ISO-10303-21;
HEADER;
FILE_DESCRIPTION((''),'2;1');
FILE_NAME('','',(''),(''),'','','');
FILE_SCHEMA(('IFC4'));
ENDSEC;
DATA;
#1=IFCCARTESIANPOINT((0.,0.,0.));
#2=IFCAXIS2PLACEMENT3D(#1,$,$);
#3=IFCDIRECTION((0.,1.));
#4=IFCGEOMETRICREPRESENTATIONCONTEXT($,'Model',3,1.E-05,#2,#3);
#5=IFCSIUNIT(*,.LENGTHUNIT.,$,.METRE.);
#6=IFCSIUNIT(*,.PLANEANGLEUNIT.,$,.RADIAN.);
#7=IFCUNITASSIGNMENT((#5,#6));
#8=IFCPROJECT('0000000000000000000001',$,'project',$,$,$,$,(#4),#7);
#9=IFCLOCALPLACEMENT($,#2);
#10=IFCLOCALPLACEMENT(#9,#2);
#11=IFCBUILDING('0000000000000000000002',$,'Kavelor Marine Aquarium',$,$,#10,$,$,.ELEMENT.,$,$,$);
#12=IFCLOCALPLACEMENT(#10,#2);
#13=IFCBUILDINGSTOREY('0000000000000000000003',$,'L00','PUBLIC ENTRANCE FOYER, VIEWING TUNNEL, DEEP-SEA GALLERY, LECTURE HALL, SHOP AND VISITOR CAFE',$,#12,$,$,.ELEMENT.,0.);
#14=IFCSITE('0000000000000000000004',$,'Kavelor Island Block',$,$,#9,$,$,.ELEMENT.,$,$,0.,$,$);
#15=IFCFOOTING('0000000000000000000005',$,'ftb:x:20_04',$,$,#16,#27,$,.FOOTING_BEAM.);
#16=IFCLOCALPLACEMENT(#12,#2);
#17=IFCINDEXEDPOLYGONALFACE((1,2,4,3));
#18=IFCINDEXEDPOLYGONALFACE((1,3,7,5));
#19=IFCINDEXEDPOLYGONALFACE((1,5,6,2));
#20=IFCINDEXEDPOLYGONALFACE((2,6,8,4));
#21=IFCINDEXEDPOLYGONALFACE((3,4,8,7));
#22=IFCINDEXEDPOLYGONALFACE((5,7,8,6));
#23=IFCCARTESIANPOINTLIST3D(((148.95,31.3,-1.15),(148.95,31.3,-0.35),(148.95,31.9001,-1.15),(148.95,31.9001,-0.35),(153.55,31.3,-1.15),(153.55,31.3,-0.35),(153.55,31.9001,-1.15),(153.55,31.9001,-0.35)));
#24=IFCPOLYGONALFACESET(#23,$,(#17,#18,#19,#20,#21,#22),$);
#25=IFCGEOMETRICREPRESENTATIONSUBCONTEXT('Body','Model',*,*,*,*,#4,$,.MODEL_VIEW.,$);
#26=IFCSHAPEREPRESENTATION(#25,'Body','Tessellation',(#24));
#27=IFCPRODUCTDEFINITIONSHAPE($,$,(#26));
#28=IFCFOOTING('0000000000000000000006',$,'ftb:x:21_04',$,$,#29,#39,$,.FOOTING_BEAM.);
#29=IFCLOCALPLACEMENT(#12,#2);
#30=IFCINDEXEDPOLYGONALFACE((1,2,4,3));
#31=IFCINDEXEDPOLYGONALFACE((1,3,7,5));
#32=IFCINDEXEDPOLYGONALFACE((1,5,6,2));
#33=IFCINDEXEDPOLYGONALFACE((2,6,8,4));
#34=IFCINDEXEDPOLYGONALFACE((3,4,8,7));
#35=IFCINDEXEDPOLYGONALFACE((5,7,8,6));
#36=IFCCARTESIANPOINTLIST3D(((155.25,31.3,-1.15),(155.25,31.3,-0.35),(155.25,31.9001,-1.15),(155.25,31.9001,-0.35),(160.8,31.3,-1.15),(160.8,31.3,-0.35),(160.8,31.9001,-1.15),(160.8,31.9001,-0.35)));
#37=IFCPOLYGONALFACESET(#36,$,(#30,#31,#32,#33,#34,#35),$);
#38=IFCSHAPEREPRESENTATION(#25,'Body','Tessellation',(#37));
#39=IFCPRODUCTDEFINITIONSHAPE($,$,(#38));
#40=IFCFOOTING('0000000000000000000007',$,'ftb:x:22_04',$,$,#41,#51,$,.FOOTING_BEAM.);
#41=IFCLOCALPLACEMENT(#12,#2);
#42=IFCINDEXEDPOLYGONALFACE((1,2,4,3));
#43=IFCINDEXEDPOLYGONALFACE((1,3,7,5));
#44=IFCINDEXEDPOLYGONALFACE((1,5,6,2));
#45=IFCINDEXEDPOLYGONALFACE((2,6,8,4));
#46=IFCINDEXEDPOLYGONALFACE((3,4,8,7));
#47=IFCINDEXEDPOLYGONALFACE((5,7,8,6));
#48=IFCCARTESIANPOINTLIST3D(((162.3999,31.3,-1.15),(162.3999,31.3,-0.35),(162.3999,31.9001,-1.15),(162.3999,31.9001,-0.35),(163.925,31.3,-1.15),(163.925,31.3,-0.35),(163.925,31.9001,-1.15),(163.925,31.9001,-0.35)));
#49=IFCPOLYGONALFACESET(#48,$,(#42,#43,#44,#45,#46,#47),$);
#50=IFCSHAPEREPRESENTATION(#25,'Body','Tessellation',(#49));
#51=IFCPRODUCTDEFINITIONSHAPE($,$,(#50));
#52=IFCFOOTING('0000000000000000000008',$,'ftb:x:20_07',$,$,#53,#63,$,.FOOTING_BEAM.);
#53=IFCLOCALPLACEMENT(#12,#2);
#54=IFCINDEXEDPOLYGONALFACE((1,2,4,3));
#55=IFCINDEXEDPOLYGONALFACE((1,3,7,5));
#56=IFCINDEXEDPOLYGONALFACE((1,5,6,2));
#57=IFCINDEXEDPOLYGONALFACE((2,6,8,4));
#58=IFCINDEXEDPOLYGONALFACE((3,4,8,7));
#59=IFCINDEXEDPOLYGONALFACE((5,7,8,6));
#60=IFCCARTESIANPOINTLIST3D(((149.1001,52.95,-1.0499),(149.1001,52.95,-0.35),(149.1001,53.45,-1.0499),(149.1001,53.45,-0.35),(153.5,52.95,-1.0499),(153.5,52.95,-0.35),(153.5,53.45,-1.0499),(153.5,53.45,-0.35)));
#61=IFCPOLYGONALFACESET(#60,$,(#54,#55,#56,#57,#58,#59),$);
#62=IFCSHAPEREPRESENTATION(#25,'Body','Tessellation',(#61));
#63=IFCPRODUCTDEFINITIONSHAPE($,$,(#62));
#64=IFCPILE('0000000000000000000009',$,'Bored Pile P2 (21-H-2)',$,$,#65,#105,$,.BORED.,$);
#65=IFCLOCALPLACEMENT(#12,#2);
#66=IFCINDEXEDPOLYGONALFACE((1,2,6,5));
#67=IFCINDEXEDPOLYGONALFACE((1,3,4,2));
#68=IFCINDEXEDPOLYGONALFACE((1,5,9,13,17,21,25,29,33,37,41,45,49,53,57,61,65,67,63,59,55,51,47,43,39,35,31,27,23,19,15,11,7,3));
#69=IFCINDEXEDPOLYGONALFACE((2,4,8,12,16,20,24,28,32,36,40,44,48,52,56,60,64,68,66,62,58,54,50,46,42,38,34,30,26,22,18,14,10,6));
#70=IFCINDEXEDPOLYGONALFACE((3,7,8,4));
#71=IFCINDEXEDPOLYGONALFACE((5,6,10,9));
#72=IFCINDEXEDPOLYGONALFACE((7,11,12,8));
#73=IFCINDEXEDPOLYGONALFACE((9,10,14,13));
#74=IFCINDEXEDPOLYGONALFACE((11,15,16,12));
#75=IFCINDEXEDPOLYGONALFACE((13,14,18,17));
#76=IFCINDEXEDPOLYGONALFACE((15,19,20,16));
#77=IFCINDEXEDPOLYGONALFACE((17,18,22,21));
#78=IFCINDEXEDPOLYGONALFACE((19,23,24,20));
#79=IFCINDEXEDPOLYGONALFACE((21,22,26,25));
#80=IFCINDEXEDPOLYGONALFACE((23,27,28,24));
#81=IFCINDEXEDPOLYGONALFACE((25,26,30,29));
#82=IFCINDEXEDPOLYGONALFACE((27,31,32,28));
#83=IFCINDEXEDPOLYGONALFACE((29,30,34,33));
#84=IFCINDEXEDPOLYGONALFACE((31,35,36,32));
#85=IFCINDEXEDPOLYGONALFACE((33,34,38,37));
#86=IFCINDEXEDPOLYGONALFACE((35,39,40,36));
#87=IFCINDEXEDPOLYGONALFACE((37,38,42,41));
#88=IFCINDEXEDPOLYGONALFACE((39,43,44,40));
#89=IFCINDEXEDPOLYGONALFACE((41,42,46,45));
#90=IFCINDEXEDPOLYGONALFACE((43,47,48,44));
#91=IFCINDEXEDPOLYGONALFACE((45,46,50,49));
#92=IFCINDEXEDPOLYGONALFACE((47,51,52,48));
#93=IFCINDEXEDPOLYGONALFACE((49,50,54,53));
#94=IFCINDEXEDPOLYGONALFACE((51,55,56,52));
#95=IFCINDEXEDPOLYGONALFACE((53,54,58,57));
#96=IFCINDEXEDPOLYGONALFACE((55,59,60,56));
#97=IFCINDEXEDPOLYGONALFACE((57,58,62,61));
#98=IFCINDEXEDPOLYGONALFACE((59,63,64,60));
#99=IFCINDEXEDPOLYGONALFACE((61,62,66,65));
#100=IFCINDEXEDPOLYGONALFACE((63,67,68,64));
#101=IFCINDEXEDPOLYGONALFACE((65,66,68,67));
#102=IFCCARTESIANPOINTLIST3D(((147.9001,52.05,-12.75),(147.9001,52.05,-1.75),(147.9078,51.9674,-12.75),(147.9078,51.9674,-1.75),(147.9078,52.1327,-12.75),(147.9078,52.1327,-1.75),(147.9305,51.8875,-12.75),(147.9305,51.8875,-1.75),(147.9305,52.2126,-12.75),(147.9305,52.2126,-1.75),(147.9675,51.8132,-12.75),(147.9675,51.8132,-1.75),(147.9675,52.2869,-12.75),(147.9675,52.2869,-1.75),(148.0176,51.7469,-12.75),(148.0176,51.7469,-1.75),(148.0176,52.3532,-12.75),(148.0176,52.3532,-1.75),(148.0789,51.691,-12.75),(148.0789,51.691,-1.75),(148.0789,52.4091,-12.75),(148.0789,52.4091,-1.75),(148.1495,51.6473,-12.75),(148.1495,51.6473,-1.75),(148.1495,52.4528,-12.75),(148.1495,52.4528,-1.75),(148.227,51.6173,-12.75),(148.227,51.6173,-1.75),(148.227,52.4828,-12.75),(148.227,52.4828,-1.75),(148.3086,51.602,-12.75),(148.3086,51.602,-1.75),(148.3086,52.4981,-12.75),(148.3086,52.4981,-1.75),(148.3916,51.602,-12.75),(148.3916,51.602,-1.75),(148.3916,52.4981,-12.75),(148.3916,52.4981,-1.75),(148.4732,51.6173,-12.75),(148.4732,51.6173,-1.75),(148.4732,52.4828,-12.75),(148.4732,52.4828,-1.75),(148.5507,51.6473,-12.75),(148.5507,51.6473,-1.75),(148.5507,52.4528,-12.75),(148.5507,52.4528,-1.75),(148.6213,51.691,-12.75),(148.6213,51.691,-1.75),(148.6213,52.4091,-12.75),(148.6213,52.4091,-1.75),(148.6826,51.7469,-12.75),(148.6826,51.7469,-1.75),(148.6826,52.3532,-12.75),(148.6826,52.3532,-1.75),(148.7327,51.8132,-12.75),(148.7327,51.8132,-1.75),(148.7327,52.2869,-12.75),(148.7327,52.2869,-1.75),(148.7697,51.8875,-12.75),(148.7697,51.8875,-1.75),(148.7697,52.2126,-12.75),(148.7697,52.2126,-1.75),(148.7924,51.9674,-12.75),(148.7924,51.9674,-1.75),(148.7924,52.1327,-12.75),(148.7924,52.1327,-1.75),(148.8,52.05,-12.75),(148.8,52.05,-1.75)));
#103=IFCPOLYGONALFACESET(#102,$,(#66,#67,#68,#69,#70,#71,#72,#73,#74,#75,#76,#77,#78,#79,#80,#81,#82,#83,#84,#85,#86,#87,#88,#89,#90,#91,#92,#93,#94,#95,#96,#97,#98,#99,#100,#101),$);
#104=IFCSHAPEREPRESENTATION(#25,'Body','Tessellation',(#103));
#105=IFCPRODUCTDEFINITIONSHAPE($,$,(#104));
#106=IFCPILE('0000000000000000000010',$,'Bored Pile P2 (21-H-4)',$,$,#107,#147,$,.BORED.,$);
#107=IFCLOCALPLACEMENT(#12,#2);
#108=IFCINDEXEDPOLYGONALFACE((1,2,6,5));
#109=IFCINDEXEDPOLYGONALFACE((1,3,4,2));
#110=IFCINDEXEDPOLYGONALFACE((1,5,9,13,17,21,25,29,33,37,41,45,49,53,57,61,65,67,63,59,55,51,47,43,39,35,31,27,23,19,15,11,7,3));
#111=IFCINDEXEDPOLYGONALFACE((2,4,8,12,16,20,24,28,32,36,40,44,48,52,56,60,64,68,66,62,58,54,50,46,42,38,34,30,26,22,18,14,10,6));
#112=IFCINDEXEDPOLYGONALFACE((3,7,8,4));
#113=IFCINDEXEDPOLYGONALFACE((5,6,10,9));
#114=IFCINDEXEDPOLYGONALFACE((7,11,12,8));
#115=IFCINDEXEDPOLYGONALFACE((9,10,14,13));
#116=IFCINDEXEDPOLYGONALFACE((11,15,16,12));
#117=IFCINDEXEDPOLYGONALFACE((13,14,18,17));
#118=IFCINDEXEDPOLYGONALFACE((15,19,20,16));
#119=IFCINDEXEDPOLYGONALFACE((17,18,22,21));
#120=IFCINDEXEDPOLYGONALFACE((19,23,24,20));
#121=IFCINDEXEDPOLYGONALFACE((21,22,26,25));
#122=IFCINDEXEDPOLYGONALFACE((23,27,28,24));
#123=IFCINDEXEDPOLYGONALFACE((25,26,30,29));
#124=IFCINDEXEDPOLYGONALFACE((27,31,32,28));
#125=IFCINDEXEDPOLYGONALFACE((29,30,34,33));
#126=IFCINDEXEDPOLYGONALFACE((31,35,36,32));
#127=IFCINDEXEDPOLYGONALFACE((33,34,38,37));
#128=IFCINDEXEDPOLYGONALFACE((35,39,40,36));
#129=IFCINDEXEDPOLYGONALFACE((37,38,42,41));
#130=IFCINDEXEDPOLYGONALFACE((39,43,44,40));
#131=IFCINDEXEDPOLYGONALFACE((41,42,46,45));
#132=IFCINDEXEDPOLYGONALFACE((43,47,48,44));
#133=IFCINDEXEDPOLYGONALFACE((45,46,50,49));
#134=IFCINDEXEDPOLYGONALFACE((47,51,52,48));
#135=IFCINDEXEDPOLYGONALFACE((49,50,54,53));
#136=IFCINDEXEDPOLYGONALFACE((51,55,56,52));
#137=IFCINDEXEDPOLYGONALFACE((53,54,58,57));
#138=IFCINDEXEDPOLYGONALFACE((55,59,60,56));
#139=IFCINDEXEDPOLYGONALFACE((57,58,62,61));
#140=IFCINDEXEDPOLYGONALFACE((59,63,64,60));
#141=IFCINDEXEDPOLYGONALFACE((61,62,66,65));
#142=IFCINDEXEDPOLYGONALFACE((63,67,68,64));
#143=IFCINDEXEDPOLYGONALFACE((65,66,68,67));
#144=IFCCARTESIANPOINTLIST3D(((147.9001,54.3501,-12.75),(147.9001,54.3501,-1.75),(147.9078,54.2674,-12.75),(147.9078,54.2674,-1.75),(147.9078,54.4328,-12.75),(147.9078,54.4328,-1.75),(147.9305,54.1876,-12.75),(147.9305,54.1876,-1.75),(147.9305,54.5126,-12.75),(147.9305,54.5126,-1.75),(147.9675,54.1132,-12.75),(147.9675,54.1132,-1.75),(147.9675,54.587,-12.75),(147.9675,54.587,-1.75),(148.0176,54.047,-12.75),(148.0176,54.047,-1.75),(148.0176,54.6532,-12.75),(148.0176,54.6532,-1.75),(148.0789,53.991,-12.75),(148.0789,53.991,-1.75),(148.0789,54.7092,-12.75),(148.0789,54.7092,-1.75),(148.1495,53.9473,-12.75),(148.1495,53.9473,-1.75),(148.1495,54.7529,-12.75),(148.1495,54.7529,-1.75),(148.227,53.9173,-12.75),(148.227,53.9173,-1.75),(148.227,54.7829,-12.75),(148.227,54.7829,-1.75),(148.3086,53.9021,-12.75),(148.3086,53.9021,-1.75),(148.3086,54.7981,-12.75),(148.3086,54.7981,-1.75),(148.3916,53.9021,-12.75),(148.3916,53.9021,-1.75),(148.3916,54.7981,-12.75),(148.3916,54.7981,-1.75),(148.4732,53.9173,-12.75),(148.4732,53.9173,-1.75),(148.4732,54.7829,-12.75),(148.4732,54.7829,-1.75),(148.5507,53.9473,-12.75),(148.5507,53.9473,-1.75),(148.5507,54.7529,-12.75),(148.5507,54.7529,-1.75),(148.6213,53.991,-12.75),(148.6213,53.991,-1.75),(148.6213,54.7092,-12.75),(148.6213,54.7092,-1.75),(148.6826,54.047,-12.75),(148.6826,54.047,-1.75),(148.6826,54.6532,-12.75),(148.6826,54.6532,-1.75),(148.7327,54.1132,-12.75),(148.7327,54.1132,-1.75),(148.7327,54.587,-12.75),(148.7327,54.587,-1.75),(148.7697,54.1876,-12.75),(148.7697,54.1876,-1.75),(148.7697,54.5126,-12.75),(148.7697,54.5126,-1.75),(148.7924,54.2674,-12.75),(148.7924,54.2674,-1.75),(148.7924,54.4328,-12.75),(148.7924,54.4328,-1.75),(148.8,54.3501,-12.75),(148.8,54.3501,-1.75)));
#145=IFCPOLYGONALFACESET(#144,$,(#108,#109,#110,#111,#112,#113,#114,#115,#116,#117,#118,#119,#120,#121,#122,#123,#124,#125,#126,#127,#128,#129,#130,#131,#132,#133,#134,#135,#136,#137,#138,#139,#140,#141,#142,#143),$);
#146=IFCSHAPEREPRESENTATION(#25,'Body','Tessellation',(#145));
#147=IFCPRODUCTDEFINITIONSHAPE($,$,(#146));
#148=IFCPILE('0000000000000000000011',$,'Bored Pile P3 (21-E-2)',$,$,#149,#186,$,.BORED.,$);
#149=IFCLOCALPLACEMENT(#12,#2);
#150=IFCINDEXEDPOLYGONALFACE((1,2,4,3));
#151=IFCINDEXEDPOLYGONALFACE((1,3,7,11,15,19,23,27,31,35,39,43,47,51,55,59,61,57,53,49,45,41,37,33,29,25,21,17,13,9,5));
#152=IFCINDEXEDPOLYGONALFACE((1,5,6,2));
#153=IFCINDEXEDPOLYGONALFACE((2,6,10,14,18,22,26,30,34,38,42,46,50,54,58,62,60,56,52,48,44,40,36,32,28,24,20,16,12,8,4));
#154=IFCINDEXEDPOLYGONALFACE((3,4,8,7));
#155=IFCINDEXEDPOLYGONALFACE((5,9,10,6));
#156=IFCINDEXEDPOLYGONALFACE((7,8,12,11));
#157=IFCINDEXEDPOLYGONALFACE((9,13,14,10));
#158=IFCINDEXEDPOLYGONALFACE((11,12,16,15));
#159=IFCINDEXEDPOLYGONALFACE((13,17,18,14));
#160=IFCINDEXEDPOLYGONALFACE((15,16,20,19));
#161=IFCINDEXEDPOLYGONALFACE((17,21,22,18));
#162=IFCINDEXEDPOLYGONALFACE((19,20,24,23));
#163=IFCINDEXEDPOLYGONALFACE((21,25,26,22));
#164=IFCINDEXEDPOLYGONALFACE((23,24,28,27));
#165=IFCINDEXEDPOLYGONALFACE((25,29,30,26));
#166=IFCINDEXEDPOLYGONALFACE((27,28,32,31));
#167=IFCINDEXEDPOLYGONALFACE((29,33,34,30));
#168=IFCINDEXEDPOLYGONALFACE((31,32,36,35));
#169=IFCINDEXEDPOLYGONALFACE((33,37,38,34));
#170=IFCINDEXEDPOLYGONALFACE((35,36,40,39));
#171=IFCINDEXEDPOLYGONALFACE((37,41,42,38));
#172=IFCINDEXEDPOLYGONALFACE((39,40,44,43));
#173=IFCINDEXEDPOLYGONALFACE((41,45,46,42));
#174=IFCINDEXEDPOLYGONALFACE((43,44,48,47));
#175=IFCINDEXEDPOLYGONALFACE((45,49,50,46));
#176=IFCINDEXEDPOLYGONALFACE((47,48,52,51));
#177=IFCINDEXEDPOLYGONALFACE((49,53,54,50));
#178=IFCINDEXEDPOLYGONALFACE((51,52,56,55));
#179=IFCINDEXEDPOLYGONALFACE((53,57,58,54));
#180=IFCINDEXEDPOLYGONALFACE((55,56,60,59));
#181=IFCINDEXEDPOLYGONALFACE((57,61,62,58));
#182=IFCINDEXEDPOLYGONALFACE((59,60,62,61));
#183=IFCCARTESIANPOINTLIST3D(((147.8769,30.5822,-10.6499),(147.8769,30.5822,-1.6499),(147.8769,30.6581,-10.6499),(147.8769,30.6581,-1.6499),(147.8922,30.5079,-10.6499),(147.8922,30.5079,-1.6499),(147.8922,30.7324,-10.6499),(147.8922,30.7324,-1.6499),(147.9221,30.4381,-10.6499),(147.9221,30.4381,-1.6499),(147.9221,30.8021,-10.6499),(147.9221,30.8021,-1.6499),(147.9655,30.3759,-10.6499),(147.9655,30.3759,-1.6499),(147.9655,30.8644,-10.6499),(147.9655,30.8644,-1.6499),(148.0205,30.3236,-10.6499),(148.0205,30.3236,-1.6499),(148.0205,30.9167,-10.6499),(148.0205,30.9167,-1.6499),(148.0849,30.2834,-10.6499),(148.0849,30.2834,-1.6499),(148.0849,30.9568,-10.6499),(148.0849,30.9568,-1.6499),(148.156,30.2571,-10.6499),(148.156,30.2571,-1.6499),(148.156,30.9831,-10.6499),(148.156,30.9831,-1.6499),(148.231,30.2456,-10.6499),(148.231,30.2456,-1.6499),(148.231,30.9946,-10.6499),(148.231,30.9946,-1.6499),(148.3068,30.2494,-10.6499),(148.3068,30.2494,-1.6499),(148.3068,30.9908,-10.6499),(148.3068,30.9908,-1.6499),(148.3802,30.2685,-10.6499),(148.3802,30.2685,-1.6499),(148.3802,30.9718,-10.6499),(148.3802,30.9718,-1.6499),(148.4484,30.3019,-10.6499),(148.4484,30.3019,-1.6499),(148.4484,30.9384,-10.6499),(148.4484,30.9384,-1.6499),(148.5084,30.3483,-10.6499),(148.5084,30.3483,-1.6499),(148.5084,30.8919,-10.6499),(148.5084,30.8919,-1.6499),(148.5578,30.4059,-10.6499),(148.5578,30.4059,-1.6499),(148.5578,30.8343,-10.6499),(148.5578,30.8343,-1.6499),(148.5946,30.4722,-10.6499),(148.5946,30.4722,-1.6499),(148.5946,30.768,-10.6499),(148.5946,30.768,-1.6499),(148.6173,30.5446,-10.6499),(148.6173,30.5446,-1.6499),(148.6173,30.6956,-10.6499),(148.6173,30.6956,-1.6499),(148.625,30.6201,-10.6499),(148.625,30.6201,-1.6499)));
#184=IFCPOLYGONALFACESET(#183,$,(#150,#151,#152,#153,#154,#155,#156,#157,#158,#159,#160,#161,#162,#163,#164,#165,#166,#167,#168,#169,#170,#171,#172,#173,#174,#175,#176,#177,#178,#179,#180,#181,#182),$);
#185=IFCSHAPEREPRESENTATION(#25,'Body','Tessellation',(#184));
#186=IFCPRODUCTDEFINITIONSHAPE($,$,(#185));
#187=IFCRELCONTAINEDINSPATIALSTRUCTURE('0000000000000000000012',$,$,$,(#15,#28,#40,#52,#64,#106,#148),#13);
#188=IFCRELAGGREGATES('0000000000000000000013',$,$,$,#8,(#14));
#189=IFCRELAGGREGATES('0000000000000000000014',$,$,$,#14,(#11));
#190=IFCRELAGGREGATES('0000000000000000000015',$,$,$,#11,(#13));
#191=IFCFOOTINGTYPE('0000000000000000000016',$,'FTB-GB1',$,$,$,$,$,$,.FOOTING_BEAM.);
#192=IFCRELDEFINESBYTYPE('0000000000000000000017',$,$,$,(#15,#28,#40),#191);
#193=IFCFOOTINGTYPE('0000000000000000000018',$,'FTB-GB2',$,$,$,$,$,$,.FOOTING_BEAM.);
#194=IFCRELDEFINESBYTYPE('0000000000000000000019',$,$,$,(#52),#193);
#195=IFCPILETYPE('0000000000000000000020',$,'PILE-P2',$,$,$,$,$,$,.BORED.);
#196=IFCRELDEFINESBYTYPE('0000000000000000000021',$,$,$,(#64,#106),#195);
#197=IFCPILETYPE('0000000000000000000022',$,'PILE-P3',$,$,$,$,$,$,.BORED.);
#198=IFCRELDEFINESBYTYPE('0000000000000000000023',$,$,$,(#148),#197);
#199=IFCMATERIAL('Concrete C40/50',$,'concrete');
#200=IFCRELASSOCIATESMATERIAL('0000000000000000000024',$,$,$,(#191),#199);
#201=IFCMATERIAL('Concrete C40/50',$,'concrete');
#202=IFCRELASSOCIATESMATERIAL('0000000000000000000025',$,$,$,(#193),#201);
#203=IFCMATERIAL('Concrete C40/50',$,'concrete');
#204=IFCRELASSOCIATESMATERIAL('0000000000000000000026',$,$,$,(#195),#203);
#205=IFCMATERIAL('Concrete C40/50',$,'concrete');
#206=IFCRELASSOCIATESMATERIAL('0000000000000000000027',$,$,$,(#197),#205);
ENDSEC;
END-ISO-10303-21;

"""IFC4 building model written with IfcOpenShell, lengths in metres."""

from ifc_helpers import new_model, si_unit, direction, frame, origin, origin_2d, place, context, subcontext, project, spatial, rectangle, circle, extrude, material, material_profile, profile_set, type_object, element, save


model = new_model("IFC4")

# Units and contexts
model_context = context("Model", 3, precision=1e-05, world=origin(), true_north=direction((0.0, 1.0)))
body_context = subcontext(model_context, "Body", "Model", "MODEL_VIEW")
ifc_project = project(units=[si_unit("LENGTHUNIT", "METRE"), si_unit("PLANEANGLEUNIT", "RADIAN")], contexts=[model_context])

# Site, building, storey
site_placement = place(None, origin())
site = spatial("IfcSite", under=ifc_project, at=site_placement, Name="Kavelor Island Block", CompositionType="ELEMENT", RefElevation=0.0)
building_placement = place(site_placement, origin())
building = spatial("IfcBuilding", under=site, at=building_placement, Name="Kavelor Marine Aquarium", CompositionType="ELEMENT")
storey_placement = place(building_placement, origin())
storey = spatial("IfcBuildingStorey", under=building, at=storey_placement, Name="L00", Description="PUBLIC ENTRANCE FOYER, VIEWING TUNNEL, DEEP-SEA GALLERY, LECTURE HALL, SHOP AND VISITOR CAFE", CompositionType="ELEMENT", Elevation=0.0)

# Footings
ifc_material_1 = material(Name="Concrete C40/50", Category="concrete")
ifc_material_profile_1 = material_profile(ifc_material_1, rectangle(XDim=0.6001, YDim=0.8, at=origin_2d()), Name="GB 600x800")
ifc_profile_set_1 = profile_set([ifc_material_profile_1], Name="Concrete C40/50")
footing_type_1 = type_object("IfcFootingType", Name="FTB-GB1", PredefinedType="FOOTING_BEAM", material=ifc_profile_set_1)
footing_1_placement = place(storey_placement, frame((148.95, 31.6001, -0.75), z_axis=(1.0, 0.0, 0.0), x_axis=(0.0, 1.0, 0.0)))
element("IfcFooting", 1, at=footing_1_placement, inside=storey, type_object=footing_type_1, Name="ftb:x:20_04", PredefinedType="FOOTING_BEAM", context=body_context, shape_type="SweptSolid", body=[
    extrude(rectangle(XDim=0.6001, YDim=0.8, at=origin_2d()), origin(), (0.0, 0.0, 1.0), 4.6001),
])
footing_2_placement = place(storey_placement, frame((155.25, 31.6001, -0.75), z_axis=(1.0, 0.0, 0.0), x_axis=(0.0, 1.0, 0.0)))
element("IfcFooting", 2, at=footing_2_placement, inside=storey, type_object=footing_type_1, Name="ftb:x:21_04", PredefinedType="FOOTING_BEAM", context=body_context, shape_type="SweptSolid", body=[
    extrude(rectangle(XDim=0.6001, YDim=0.8, at=origin_2d()), origin(), (0.0, 0.0, 1.0), 5.55),
])
footing_3_placement = place(storey_placement, frame((162.3999, 31.6001, -0.75), z_axis=(1.0, 0.0, 0.0), x_axis=(0.0, 1.0, 0.0)))
element("IfcFooting", 3, at=footing_3_placement, inside=storey, type_object=footing_type_1, Name="ftb:x:22_04", PredefinedType="FOOTING_BEAM", context=body_context, shape_type="SweptSolid", body=[
    extrude(rectangle(XDim=0.6001, YDim=0.8, at=origin_2d()), origin(), (0.0, 0.0, 1.0), 1.5251),
])
ifc_material_2 = material(Name="Concrete C40/50", Category="concrete")
ifc_material_profile_2 = material_profile(ifc_material_2, rectangle(XDim=0.5, YDim=0.7, at=origin_2d()), Name="GB 500x700")
ifc_profile_set_2 = profile_set([ifc_material_profile_2], Name="Concrete C40/50")
footing_type_2 = type_object("IfcFootingType", Name="FTB-GB2", PredefinedType="FOOTING_BEAM", material=ifc_profile_set_2)
footing_4_placement = place(storey_placement, frame((149.1001, 53.2, -0.7), z_axis=(1.0, 0.0, 0.0), x_axis=(0.0, 1.0, 0.0)))
element("IfcFooting", 4, at=footing_4_placement, inside=storey, type_object=footing_type_2, Name="ftb:x:20_07", PredefinedType="FOOTING_BEAM", context=body_context, shape_type="SweptSolid", body=[
    extrude(rectangle(XDim=0.5, YDim=0.7, at=origin_2d()), origin(), (0.0, 0.0, 1.0), 4.3999),
])

# Piles
ifc_material_3 = material(Name="Concrete C40/50", Category="concrete")
ifc_material_profile_3 = material_profile(ifc_material_3, circle(Radius=0.45, at=origin_2d()), Name="PILE D900")
ifc_profile_set_3 = profile_set([ifc_material_profile_3], Name="Concrete C40/50")
pile_type_1 = type_object("IfcPileType", Name="PILE-P2", PredefinedType="BORED", material=ifc_profile_set_3)
for number, where, z_axis, x_axis, name in (
    (5, (148.3501, 52.05, -1.75), (0.0, 0.0, -1.0), (1.0, 0.0, 0.0), "Bored Pile P2 (21-H-2)"),
    (6, (148.3501, 54.3501, -1.75), (0.0, 0.0, -1.0), (1.0, 0.0, 0.0), "Bored Pile P2 (21-H-4)"),
):
    element("IfcPile", number, at=place(storey_placement, frame(where, z_axis=z_axis, x_axis=x_axis)), inside=storey, type_object=pile_type_1, Name=name, PredefinedType="BORED", context=body_context, shape_type="SweptSolid", body=[
        extrude(circle(Radius=0.45, at=origin_2d()), origin(), (0.0, 0.0, 1.0), 11.0),
    ])
ifc_material_4 = material(Name="Concrete C40/50", Category="concrete")
ifc_material_profile_4 = material_profile(ifc_material_4, circle(Radius=0.375, at=origin_2d()), Name="PILE D750")
ifc_profile_set_4 = profile_set([ifc_material_profile_4], Name="Concrete C40/50")
pile_type_2 = type_object("IfcPileType", Name="PILE-P3", PredefinedType="BORED", material=ifc_profile_set_4)
for number, where, z_axis, x_axis, name in (
    (7, (148.25, 30.6201, -1.6499), (0.0, 0.0, -1.0), (1.0, 0.0, 0.0), "Bored Pile P3 (21-E-2)"),
):
    element("IfcPile", number, at=place(storey_placement, frame(where, z_axis=z_axis, x_axis=x_axis)), inside=storey, type_object=pile_type_2, Name=name, PredefinedType="BORED", context=body_context, shape_type="SweptSolid", body=[
        extrude(circle(Radius=0.375, at=origin_2d()), origin(), (0.0, 0.0, 1.0), 9.0),
    ])

save(model, "model.ifc")
